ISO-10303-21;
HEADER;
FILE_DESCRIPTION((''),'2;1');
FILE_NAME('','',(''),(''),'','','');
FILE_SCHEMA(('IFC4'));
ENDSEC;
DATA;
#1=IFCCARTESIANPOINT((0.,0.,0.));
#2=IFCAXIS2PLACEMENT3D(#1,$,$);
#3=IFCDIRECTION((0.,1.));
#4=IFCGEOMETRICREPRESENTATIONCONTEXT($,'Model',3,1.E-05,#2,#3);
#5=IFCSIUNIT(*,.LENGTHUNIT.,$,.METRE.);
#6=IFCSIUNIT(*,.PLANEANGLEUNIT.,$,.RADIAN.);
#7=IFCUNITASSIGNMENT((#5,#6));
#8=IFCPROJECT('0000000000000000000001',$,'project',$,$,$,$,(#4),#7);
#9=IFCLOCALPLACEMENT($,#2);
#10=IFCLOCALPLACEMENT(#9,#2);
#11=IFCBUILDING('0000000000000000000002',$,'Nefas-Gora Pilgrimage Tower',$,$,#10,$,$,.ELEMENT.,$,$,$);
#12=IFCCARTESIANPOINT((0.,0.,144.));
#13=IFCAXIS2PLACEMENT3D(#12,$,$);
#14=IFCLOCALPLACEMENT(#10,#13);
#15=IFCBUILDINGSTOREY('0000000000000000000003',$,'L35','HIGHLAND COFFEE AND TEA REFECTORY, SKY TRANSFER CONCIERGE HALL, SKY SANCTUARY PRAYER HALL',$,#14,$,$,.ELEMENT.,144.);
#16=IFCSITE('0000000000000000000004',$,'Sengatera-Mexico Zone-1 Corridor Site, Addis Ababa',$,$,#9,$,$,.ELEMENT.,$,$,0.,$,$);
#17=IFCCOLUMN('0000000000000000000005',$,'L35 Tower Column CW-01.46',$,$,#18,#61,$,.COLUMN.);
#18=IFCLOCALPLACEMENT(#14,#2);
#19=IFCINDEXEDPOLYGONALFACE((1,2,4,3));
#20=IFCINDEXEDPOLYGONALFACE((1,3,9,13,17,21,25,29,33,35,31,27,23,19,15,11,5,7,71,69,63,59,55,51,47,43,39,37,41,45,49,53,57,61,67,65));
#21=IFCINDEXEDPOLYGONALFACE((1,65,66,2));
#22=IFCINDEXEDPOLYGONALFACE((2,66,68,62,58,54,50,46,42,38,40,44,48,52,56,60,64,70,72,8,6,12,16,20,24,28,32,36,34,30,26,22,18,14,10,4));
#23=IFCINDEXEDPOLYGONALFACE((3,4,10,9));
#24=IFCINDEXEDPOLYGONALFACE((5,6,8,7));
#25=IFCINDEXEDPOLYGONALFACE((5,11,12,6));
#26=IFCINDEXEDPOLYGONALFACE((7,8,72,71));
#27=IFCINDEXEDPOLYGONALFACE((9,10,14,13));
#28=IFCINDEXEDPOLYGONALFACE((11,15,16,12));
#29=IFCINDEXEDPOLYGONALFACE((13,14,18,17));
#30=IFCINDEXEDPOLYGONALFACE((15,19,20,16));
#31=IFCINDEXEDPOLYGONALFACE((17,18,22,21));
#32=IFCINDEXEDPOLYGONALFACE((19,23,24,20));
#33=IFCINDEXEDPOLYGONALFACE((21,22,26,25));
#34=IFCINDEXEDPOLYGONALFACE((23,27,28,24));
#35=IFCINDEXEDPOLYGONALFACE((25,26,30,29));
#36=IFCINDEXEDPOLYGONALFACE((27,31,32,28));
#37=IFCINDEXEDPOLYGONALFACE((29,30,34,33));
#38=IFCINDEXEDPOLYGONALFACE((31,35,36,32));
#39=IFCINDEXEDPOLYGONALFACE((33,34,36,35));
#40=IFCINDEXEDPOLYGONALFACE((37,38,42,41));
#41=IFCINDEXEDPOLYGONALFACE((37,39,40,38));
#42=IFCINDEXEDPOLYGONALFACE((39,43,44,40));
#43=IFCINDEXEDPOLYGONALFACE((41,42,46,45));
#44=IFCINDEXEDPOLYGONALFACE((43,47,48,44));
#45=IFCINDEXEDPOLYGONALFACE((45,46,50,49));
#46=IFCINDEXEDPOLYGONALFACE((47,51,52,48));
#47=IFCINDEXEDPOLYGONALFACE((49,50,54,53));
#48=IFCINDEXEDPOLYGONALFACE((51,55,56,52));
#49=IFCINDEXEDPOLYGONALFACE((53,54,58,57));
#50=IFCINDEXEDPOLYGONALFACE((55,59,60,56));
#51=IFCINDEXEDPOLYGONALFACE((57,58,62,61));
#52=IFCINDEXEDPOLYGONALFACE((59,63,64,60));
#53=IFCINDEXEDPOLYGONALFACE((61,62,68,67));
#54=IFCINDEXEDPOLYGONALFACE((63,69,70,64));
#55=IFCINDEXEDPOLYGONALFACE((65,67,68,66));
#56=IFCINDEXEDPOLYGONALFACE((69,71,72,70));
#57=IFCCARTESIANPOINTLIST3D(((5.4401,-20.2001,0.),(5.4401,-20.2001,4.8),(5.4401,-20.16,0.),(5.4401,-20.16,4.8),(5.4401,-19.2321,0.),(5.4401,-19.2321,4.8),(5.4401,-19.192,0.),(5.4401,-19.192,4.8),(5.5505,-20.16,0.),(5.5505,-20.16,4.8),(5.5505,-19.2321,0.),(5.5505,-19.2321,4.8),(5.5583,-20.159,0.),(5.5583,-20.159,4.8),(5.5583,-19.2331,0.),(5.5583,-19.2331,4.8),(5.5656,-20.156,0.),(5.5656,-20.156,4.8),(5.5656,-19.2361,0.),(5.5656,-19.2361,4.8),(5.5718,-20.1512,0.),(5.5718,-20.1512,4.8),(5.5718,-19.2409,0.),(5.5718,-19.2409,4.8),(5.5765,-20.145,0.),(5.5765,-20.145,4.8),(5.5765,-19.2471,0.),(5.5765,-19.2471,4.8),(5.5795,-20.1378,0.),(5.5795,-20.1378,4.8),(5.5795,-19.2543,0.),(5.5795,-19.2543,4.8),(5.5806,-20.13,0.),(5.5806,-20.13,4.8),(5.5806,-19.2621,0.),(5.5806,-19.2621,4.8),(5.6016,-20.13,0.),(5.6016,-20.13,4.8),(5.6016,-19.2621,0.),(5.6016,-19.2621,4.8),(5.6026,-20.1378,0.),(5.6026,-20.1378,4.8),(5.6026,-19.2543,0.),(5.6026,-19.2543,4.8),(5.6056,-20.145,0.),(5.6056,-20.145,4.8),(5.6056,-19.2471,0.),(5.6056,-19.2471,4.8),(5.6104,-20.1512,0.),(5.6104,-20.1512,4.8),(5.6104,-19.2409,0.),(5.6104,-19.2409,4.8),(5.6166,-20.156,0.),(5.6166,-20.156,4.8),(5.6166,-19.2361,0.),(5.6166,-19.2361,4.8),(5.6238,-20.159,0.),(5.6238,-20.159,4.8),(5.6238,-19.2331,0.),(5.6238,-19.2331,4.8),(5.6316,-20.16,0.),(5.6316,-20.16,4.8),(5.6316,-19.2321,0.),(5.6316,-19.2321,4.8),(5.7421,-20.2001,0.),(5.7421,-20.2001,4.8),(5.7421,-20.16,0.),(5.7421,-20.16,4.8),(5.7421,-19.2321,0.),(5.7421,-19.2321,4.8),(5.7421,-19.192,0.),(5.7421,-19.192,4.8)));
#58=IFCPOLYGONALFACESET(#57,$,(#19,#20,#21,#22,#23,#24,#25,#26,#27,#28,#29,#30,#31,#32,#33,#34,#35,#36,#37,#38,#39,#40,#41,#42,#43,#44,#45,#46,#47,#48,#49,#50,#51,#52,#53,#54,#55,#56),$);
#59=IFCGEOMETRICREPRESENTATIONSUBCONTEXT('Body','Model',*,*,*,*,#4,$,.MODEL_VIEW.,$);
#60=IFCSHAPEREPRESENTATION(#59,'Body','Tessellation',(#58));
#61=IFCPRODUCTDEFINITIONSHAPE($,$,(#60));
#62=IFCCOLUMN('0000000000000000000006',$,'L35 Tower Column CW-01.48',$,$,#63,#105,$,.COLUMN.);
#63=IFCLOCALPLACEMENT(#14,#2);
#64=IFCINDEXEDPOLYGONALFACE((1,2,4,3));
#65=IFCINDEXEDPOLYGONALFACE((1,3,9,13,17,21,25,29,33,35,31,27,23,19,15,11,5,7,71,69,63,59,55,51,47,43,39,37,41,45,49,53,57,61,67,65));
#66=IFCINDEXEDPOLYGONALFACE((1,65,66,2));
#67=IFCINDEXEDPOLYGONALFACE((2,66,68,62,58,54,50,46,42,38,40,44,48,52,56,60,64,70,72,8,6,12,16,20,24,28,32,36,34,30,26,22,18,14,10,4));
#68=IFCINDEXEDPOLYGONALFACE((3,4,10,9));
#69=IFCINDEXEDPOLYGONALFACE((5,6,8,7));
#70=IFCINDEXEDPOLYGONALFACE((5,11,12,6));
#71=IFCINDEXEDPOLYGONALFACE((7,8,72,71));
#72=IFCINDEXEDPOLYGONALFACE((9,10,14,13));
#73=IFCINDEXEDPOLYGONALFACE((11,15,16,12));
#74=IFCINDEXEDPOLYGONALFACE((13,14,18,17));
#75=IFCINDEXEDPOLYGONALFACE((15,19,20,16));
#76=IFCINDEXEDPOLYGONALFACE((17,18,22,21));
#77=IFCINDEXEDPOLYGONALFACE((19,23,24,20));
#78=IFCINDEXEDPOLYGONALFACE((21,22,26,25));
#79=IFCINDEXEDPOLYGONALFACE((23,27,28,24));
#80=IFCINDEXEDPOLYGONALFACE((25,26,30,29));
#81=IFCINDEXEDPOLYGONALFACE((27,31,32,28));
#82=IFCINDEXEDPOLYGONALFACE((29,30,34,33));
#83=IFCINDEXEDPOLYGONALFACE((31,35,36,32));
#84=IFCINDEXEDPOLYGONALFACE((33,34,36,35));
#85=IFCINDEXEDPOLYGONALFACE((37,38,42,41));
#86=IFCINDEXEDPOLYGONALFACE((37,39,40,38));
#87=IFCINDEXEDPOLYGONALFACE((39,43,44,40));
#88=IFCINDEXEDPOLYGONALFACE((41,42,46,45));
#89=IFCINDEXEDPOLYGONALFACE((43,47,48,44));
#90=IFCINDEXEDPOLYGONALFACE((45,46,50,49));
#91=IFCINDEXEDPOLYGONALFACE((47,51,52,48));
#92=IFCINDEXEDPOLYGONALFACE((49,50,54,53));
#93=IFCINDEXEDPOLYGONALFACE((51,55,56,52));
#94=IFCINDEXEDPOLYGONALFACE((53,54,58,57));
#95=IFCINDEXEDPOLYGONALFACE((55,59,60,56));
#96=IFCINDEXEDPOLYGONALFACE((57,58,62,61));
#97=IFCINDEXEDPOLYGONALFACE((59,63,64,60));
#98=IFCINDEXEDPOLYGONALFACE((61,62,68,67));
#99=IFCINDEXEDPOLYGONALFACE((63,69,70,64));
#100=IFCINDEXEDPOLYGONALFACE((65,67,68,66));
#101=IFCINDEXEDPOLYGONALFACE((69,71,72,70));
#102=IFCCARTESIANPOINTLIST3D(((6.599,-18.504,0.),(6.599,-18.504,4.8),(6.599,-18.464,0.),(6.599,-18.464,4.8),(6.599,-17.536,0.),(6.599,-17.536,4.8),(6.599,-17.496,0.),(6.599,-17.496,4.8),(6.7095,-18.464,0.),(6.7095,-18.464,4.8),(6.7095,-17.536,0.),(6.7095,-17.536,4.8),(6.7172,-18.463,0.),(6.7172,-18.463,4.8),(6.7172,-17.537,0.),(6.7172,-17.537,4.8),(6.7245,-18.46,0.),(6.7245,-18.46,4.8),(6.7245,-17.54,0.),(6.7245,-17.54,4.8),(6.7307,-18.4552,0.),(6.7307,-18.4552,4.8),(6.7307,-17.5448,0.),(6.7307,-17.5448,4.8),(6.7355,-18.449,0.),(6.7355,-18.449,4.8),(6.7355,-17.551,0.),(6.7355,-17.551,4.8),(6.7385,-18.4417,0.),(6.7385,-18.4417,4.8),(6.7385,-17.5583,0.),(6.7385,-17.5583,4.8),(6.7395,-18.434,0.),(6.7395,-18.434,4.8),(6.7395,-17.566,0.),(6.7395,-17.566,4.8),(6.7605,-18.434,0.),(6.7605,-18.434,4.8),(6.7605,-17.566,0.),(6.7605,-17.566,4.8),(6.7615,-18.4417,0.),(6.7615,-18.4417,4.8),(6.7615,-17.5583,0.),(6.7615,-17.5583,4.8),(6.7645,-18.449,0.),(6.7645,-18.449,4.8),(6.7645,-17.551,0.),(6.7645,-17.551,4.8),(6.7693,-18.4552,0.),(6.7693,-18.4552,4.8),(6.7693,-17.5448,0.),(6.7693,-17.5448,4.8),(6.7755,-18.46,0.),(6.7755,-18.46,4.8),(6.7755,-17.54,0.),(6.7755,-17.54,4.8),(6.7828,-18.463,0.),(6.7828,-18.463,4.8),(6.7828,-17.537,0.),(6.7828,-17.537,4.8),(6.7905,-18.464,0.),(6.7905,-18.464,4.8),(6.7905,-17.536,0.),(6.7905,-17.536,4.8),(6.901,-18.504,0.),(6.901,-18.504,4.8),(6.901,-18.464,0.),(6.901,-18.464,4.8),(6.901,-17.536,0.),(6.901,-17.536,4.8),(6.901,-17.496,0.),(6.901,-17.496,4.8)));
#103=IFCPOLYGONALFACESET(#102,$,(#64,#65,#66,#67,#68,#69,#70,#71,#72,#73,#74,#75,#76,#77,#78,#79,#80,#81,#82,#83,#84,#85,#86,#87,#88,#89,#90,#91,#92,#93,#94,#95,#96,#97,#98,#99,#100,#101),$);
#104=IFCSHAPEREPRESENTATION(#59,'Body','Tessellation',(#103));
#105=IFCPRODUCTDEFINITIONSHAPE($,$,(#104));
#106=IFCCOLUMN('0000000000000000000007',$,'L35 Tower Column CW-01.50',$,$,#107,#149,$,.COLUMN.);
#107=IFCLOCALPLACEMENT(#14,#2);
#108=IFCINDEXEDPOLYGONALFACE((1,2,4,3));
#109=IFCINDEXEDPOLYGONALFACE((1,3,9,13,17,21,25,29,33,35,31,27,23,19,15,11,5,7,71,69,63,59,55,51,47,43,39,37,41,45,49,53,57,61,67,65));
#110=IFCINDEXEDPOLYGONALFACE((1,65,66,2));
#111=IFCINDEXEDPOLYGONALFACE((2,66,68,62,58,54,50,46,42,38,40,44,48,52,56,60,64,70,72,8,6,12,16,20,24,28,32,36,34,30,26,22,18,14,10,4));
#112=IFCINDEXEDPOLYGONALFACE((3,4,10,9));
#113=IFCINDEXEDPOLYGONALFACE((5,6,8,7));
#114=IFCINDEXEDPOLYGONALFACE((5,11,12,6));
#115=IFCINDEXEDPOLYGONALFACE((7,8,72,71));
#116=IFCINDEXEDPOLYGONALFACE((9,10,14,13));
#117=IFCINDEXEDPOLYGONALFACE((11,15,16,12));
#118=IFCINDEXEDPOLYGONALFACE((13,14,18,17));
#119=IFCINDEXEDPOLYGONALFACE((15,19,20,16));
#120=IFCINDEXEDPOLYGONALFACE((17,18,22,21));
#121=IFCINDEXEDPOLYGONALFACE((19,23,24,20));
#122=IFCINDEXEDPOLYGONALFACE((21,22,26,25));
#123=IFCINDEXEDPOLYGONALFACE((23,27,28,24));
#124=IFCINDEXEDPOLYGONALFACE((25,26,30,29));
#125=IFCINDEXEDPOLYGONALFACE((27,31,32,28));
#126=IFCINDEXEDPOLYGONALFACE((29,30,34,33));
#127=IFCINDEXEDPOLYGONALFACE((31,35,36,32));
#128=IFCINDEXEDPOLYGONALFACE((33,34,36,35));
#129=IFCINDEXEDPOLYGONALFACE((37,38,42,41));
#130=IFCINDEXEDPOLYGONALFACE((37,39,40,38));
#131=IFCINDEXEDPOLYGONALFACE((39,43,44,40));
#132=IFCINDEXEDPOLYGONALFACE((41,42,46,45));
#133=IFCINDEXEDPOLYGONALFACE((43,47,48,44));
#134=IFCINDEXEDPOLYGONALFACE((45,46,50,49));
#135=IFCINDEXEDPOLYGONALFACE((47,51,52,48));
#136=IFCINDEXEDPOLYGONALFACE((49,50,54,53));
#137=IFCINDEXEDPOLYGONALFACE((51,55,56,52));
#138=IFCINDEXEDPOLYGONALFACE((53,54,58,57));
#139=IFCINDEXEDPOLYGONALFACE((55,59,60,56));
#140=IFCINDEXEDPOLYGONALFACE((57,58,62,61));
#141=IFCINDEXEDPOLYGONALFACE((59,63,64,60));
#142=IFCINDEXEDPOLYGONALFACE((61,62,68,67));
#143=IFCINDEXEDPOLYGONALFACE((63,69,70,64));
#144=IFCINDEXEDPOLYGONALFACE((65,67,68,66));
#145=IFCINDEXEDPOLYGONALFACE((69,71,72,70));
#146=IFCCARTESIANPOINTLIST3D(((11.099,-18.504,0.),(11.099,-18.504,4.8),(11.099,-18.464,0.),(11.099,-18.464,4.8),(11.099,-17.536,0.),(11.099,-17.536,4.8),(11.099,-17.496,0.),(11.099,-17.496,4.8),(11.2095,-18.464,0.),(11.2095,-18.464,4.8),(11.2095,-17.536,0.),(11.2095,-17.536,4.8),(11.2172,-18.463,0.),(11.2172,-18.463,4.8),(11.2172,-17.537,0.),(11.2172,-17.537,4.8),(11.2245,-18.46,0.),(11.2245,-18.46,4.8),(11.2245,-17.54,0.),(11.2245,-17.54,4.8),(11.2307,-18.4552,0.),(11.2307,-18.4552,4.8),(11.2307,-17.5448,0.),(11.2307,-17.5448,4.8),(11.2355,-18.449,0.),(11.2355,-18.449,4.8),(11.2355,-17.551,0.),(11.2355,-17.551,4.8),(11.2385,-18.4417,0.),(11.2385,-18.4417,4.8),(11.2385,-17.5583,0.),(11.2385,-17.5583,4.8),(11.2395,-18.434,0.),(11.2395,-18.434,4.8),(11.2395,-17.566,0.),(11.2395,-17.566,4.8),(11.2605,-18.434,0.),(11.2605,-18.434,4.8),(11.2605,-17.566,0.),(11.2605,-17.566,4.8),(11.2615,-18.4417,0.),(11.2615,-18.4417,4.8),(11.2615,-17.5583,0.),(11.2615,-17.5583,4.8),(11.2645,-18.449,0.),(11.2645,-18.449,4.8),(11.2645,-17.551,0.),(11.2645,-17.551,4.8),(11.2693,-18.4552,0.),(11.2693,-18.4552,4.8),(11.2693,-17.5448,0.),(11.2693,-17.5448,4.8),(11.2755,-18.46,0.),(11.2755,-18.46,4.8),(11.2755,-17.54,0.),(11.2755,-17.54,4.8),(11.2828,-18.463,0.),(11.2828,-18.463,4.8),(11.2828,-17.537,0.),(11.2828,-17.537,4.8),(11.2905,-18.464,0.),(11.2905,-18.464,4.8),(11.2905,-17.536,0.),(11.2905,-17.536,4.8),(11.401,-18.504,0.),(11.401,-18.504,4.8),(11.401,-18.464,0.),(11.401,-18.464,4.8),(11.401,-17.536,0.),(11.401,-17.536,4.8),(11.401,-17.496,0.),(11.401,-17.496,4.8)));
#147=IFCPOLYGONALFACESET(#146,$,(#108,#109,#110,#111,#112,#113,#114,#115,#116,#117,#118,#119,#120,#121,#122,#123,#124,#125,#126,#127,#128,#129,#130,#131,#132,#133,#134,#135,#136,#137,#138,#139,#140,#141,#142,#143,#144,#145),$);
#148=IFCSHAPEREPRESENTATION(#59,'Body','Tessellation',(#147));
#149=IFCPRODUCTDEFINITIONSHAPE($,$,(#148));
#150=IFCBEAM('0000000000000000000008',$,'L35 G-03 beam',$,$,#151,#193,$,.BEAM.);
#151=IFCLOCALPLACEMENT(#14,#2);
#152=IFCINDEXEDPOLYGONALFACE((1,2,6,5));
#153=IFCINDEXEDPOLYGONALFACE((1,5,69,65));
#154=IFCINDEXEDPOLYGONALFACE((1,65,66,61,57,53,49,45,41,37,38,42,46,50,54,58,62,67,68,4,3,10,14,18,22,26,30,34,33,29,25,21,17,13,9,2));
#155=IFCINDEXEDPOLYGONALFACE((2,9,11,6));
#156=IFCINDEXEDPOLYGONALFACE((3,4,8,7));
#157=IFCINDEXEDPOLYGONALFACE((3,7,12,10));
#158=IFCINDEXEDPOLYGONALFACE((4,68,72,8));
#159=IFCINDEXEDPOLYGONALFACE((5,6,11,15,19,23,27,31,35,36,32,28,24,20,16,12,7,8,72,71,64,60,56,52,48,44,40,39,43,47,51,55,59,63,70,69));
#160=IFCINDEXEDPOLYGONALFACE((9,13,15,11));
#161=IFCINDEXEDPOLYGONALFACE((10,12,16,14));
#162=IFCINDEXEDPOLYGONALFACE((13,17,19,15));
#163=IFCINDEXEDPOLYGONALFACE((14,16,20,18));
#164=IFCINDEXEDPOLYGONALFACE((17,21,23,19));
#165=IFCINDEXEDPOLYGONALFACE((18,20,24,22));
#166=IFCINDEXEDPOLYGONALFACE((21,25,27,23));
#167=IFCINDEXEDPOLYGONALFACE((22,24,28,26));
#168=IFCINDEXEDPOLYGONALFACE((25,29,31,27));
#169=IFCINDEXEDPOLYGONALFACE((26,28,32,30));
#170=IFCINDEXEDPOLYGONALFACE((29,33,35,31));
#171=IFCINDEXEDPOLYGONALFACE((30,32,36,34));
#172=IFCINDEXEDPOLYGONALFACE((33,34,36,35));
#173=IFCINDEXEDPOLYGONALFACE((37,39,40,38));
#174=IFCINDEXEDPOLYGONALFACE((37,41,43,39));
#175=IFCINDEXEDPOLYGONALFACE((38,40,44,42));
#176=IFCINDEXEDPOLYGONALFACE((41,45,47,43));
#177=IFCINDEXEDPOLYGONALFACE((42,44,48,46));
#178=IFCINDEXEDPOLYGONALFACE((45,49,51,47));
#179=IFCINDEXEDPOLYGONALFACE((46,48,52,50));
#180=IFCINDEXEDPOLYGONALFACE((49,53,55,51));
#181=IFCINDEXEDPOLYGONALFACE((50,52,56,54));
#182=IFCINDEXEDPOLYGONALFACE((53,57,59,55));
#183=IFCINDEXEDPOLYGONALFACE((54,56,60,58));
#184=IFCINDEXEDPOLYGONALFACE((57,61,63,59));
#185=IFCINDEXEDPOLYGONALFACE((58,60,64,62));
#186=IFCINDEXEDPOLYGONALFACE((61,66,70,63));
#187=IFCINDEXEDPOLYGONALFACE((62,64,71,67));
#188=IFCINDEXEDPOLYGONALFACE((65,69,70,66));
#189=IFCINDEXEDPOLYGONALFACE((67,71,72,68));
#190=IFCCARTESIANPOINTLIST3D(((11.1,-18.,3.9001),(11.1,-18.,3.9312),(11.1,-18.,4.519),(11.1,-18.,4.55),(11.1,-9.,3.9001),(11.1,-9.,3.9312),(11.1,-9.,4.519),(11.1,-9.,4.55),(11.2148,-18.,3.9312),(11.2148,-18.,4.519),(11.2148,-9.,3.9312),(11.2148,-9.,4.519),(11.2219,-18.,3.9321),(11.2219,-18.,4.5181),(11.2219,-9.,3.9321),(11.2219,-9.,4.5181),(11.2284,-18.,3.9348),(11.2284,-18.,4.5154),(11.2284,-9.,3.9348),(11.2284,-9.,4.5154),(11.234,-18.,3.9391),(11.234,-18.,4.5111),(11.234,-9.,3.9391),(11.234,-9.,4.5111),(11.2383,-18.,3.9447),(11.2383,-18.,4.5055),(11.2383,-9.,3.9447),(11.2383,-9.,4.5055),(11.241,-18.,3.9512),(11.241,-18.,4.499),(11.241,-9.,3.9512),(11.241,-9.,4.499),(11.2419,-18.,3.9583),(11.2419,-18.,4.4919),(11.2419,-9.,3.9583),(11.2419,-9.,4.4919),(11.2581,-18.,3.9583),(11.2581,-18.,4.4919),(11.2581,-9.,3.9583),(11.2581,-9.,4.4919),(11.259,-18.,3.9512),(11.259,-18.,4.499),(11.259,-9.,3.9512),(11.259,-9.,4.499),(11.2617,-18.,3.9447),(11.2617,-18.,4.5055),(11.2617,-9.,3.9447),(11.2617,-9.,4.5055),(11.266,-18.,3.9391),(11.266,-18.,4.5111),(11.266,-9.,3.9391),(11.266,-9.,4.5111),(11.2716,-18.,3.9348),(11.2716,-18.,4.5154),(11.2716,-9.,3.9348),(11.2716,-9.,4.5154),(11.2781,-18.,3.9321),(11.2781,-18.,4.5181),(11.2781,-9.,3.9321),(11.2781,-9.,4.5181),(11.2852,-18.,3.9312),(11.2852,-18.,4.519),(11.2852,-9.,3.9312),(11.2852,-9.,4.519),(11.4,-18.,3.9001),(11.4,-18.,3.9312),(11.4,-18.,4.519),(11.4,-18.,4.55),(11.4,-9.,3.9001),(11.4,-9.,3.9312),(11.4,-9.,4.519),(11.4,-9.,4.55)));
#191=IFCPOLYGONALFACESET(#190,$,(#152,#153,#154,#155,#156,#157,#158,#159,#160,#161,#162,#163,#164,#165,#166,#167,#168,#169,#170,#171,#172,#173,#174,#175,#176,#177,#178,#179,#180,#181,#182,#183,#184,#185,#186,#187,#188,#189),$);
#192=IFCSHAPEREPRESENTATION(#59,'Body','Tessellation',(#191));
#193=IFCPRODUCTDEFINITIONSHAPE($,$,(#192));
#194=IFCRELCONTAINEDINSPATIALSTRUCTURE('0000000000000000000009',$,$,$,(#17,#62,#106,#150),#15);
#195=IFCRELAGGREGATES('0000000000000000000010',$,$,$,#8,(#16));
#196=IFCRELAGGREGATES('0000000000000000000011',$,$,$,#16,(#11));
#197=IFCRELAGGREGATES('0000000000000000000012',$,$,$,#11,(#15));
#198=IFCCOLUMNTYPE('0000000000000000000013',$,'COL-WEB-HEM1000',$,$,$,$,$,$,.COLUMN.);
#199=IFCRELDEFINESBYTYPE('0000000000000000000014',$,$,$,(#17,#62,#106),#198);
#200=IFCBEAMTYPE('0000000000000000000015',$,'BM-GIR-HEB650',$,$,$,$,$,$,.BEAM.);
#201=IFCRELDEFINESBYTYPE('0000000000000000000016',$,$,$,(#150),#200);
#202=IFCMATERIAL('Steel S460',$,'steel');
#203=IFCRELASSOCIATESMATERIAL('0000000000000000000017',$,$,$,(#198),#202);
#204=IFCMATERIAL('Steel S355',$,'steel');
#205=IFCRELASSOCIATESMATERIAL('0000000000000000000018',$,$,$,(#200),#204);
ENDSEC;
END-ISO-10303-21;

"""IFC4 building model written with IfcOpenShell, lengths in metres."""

from ifc_helpers import new_model, si_unit, direction, frame, origin, origin_2d, place, context, subcontext, project, spatial, i_section, extrude, source, transform, mapped, material, material_profile, profile_set, type_object, element, save


model = new_model("IFC4")

# Units and contexts
model_context = context("Model", 3, precision=1e-05, world=origin(), true_north=direction((0.0, 1.0)))
body_context = subcontext(model_context, "Body", "Model", "MODEL_VIEW")
ifc_project = project(units=[si_unit("LENGTHUNIT", "METRE"), si_unit("PLANEANGLEUNIT", "RADIAN")], contexts=[model_context])

# Site, building, storey
site_placement = place(None, origin())
site = spatial("IfcSite", under=ifc_project, at=site_placement, Name="Sengatera-Mexico Zone-1 Corridor Site, Addis Ababa", CompositionType="ELEMENT", RefElevation=0.0)
building_placement = place(site_placement, origin())
building = spatial("IfcBuilding", under=site, at=building_placement, Name="Nefas-Gora Pilgrimage Tower", CompositionType="ELEMENT")
storey_placement = place(building_placement, frame((0.0, 0.0, 144.0)))
storey = spatial("IfcBuildingStorey", under=building, at=storey_placement, Name="L35", Description="HIGHLAND COFFEE AND TEA REFECTORY, SKY TRANSFER CONCIERGE HALL, SKY SANCTUARY PRAYER HALL", CompositionType="ELEMENT", Elevation=144.0)

# Columns
ifc_material_1 = material(Name="Steel S460", Category="steel")
ifc_material_profile_1 = material_profile(ifc_material_1, i_section(OverallWidth=0.302, OverallDepth=1.0081, WebThickness=0.021, FlangeThickness=0.04, FilletRadius=0.03, at=origin_2d()), Name="HEM 1000")
ifc_profile_set_1 = profile_set([ifc_material_profile_1], Name="Steel S460")
column_type_1 = type_object("IfcColumnType", Name="COL-WEB-HEM1000", PredefinedType="COLUMN", material=ifc_profile_set_1)
shared_shape_1 = source(origin(), body_context, "Body", "SweptSolid", [
    extrude(i_section(OverallWidth=0.302, OverallDepth=1.0081, WebThickness=0.021, FlangeThickness=0.04, FilletRadius=0.03, at=origin_2d()), origin(), (0.0, 0.0, 1.0), 4.8),
])
for number, where, z_axis, x_axis, name in (
    (1, (5.5911, -19.696, 0.0), (0.0, 0.0, 1.0), (1.0, 0.0, 0.0), "L35 Tower Column CW-01.46"),
    (2, (6.75, -18.0, 0.0), (0.0, 0.0, 1.0), (1.0, 0.0, 0.0), "L35 Tower Column CW-01.48"),
    (3, (11.25, -18.0, 0.0), (0.0, 0.0, 1.0), (1.0, 0.0, 0.0), "L35 Tower Column CW-01.50"),
):
    element("IfcColumn", number, at=place(storey_placement, frame(where, z_axis=z_axis, x_axis=x_axis)), inside=storey, type_object=column_type_1, Name=name, PredefinedType="COLUMN", context=body_context, shape_type="MappedRepresentation", body=[
        mapped(shared_shape_1, transform((0.0, 0.0, 0.0), x_axis=(1.0, 0.0, 0.0), y_axis=(0.0, 1.0, 0.0), z_axis=(0.0, 0.0, 1.0), scale=1.0)),
    ])

# Beam
ifc_material_2 = material(Name="Steel S355", Category="steel")
ifc_material_profile_2 = material_profile(ifc_material_2, i_section(OverallWidth=0.3, OverallDepth=0.6499, WebThickness=0.0161, FlangeThickness=0.031, FilletRadius=0.0271, at=origin_2d()), Name="HEB 650")
ifc_profile_set_2 = profile_set([ifc_material_profile_2], Name="Steel S355")
beam_type_1 = type_object("IfcBeamType", Name="BM-GIR-HEB650", PredefinedType="BEAM", material=ifc_profile_set_2)
shared_shape_2 = source(origin(), body_context, "Body", "SweptSolid", [
    extrude(i_section(OverallWidth=0.3, OverallDepth=0.6499, WebThickness=0.0161, FlangeThickness=0.031, FilletRadius=0.0271, at=origin_2d()), origin(), (0.0, 0.0, 1.0), 9.0),
])
beam_1_placement = place(storey_placement, frame((11.25, -18.0, 4.2251), z_axis=(0.0, 1.0, 0.0), x_axis=(-1.0, 0.0, 0.0)))
element("IfcBeam", 4, at=beam_1_placement, inside=storey, type_object=beam_type_1, Name="L35 G-03 beam", PredefinedType="BEAM", context=body_context, shape_type="MappedRepresentation", body=[
    mapped(shared_shape_2, transform((0.0, 0.0, 0.0), x_axis=(1.0, 0.0, 0.0), y_axis=(0.0, 1.0, 0.0), z_axis=(0.0, 0.0, 1.0), scale=1.0)),
])

save(model, "model.ifc")
